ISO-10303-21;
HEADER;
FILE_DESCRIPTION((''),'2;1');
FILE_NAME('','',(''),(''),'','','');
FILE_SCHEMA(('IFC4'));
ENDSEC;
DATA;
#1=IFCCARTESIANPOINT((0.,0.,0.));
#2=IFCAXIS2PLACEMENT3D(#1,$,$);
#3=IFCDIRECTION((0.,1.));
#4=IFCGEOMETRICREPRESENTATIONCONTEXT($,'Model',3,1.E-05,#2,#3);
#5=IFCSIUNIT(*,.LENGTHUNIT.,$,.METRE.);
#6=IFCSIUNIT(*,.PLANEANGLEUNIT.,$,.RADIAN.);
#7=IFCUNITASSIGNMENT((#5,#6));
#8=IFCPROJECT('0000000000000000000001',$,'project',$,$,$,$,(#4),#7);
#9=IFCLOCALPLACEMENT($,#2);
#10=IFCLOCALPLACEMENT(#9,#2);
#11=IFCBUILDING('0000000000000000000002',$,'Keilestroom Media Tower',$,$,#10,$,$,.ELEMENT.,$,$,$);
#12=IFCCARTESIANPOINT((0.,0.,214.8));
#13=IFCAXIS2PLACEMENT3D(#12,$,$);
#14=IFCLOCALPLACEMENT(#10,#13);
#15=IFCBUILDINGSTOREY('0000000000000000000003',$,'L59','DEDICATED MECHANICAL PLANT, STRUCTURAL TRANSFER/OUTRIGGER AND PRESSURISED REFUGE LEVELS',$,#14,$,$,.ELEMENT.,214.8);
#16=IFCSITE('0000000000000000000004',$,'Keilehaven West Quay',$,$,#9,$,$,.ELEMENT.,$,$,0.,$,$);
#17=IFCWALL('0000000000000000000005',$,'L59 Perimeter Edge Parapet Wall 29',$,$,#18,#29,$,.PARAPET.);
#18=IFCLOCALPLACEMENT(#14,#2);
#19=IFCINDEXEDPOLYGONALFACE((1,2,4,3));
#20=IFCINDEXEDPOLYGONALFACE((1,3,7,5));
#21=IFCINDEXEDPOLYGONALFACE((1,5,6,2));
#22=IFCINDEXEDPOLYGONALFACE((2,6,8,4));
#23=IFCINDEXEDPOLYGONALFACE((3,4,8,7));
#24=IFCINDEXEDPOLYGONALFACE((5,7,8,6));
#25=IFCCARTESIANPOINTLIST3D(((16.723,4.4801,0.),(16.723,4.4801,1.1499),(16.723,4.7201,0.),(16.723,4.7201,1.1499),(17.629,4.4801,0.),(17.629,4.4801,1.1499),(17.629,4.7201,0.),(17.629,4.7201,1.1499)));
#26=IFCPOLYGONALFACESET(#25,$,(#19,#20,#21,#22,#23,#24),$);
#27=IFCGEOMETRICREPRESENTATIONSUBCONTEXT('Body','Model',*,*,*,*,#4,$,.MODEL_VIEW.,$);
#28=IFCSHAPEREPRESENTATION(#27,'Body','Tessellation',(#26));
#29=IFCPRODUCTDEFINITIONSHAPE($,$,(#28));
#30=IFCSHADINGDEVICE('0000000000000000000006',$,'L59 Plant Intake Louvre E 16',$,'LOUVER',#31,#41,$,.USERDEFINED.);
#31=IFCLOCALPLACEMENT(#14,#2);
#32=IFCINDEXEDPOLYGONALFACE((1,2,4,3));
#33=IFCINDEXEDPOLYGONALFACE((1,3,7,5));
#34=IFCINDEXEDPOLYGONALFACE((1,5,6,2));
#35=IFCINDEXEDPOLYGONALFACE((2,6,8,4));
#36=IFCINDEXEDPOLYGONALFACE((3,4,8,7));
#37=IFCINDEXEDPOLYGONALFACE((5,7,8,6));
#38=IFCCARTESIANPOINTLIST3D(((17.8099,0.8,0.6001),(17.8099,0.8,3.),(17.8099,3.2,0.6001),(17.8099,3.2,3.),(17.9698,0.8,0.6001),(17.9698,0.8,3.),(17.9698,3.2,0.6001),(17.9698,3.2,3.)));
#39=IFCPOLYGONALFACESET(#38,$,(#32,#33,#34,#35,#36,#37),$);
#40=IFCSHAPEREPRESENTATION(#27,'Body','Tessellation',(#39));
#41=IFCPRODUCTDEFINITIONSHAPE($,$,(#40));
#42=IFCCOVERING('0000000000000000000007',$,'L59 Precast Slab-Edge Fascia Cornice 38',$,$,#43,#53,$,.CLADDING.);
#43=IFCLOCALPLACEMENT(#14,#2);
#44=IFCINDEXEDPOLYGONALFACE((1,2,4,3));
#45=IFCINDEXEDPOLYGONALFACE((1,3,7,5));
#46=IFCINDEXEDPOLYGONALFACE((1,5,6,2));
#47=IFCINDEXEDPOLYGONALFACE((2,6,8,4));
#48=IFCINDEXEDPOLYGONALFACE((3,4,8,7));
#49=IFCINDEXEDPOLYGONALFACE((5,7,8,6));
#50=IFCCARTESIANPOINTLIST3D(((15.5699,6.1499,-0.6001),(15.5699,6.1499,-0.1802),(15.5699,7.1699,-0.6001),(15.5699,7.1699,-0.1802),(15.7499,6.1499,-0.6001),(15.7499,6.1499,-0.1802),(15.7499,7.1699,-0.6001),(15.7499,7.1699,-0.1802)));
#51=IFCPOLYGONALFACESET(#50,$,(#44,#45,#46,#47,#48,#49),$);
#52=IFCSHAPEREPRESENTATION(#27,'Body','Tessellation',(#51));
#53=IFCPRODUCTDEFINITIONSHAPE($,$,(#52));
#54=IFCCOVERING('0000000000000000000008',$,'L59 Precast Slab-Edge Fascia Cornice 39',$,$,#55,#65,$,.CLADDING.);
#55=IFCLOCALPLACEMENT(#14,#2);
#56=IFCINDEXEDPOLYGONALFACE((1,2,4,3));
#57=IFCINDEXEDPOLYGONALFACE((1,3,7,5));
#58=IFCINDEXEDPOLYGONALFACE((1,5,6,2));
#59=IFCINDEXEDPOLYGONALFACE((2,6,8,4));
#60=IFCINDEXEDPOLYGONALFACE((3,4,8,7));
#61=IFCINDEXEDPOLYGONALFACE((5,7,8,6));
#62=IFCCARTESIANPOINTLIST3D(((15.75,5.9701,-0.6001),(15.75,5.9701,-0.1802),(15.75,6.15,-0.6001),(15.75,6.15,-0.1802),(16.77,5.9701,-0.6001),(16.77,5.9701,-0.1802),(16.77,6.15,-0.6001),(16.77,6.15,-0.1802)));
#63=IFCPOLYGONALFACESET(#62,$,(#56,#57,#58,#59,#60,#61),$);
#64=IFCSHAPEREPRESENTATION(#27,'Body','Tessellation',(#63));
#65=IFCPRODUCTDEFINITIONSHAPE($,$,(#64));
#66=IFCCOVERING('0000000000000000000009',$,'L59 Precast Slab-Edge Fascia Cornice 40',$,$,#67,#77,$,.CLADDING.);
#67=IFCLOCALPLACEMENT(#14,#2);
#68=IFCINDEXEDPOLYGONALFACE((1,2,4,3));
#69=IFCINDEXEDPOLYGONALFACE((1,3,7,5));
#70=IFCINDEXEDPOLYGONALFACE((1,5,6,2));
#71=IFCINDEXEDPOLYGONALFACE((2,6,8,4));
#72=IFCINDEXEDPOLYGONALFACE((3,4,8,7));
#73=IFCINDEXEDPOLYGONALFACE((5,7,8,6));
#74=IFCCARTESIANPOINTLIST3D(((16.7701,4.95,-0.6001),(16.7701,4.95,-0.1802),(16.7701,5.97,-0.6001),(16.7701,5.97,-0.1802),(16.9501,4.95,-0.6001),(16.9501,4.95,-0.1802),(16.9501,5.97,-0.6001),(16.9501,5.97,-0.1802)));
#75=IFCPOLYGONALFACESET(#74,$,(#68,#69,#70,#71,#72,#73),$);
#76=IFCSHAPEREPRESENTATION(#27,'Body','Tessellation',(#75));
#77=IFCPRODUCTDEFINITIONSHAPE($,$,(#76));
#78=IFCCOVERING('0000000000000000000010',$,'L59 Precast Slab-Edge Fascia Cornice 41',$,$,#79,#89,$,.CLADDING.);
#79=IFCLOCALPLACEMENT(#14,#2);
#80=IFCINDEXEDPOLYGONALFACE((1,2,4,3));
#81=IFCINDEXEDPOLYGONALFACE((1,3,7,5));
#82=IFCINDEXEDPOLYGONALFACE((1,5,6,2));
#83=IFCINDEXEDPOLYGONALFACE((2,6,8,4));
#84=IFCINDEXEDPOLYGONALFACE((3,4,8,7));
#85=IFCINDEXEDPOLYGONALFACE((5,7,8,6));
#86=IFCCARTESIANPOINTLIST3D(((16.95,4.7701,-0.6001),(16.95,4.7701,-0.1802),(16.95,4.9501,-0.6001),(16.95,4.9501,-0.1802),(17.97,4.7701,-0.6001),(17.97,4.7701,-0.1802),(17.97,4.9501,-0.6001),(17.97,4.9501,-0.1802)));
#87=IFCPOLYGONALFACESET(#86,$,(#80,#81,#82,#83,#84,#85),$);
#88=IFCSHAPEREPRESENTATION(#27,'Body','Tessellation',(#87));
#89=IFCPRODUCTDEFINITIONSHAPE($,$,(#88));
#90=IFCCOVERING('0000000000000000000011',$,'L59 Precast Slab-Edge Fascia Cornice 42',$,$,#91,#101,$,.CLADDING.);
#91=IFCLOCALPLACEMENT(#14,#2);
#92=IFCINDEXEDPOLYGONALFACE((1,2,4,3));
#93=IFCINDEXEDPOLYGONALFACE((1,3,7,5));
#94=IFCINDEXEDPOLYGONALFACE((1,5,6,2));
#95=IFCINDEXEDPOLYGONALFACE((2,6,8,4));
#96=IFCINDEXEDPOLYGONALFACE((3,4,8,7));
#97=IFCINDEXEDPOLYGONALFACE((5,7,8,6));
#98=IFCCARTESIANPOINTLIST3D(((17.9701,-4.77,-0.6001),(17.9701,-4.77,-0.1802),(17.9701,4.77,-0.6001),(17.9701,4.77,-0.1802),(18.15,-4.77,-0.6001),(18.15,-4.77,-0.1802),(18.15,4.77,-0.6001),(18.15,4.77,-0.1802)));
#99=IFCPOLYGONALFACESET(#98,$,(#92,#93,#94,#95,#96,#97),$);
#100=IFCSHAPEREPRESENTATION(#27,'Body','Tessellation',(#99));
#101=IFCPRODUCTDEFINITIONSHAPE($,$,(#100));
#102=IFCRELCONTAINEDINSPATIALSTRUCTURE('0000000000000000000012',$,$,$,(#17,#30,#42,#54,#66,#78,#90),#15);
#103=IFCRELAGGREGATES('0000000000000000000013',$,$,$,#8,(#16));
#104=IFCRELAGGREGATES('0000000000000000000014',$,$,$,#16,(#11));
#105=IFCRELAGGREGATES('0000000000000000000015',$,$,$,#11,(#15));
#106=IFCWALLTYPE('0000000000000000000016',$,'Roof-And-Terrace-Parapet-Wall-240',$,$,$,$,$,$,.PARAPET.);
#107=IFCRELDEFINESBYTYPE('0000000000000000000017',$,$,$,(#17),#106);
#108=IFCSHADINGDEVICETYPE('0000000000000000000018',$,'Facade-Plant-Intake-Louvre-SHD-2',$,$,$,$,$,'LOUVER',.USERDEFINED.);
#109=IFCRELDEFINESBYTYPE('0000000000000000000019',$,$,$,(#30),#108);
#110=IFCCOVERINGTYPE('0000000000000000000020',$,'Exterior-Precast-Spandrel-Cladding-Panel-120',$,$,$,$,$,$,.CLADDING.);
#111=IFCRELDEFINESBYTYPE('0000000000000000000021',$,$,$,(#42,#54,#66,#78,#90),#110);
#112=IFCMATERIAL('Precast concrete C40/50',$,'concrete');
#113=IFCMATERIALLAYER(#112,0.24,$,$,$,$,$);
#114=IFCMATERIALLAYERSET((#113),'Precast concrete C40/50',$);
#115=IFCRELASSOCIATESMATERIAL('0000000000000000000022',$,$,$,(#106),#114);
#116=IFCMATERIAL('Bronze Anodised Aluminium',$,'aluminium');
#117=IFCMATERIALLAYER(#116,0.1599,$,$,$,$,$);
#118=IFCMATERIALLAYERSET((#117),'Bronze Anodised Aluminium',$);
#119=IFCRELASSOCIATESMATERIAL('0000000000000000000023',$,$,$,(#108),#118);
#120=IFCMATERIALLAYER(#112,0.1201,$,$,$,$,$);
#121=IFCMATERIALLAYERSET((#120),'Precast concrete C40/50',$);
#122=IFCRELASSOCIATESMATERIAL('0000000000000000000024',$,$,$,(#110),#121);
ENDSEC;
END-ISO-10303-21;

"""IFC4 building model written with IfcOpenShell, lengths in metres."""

from ifc_helpers import new_model, si_unit, direction, frame, frame_2d, origin, origin_2d, place, context, subcontext, project, spatial, rectangle, extrude, source, transform, mapped, material, layer, layer_set, type_object, element, save


model = new_model("IFC4")

# Units and contexts
model_context = context("Model", 3, precision=1e-05, world=origin(), true_north=direction((0.0, 1.0)))
body_context = subcontext(model_context, "Body", "Model", "MODEL_VIEW")
ifc_project = project(units=[si_unit("LENGTHUNIT", "METRE"), si_unit("PLANEANGLEUNIT", "RADIAN")], contexts=[model_context])

# Site, building, storey
site_placement = place(None, origin())
site = spatial("IfcSite", under=ifc_project, at=site_placement, Name="Keilehaven West Quay", CompositionType="ELEMENT", RefElevation=0.0)
building_placement = place(site_placement, origin())
building = spatial("IfcBuilding", under=site, at=building_placement, Name="Keilestroom Media Tower", CompositionType="ELEMENT")
storey_placement = place(building_placement, frame((0.0, 0.0, 214.8)))
storey = spatial("IfcBuildingStorey", under=building, at=storey_placement, Name="L59", Description="DEDICATED MECHANICAL PLANT, STRUCTURAL TRANSFER/OUTRIGGER AND PRESSURISED REFUGE LEVELS", CompositionType="ELEMENT", Elevation=214.8)

# Shared definitions
ifc_material_1 = material(Name="Precast concrete C40/50", Category="concrete")

# Wall
ifc_layer_1 = layer(ifc_material_1, 0.24)
ifc_layer_set_1 = layer_set([ifc_layer_1], Name="Precast concrete C40/50")
wall_type_1 = type_object("IfcWallType", Name="Roof-And-Terrace-Parapet-Wall-240", PredefinedType="PARAPET", material=ifc_layer_set_1)
wall_1_placement = place(storey_placement, frame((16.7229, 4.6001, 0.0), z_axis=(0.0, 0.0, 1.0), x_axis=(1.0, 0.0, 0.0)))
element("IfcWall", 1, at=wall_1_placement, inside=storey, type_object=wall_type_1, Name="L59 Perimeter Edge Parapet Wall 29", PredefinedType="PARAPET", context=body_context, shape_type="SweptSolid", body=[
    extrude(rectangle(XDim=0.906, YDim=0.24, at=frame_2d((0.4531, 0.0))), origin(), (0.0, 0.0, 1.0), 1.1499),
])

# Shading device
ifc_material_2 = material(Name="Bronze Anodised Aluminium", Category="aluminium")
ifc_layer_2 = layer(ifc_material_2, 0.1599)
ifc_layer_set_2 = layer_set([ifc_layer_2], Name="Bronze Anodised Aluminium")
shading_device_type = type_object("IfcShadingDeviceType", Name="Facade-Plant-Intake-Louvre-SHD-2", ElementType="LOUVER", PredefinedType="USERDEFINED", material=ifc_layer_set_2)
shared_shape_1 = source(origin(), body_context, "Body", "SweptSolid", [
    extrude(rectangle(XDim=0.1599, YDim=2.3999, at=origin_2d()), origin(), (0.0, 0.0, 1.0), 2.3999),
])
shading_device_placement = place(storey_placement, frame((17.8899, 2.0, 0.6001), z_axis=(0.0, 0.0, 1.0), x_axis=(1.0, 0.0, 0.0)))
element("IfcShadingDevice", 2, at=shading_device_placement, inside=storey, type_object=shading_device_type, Name="L59 Plant Intake Louvre E 16", ObjectType="LOUVER", PredefinedType="USERDEFINED", context=body_context, shape_type="MappedRepresentation", body=[
    mapped(shared_shape_1, transform((0.0, 0.0, 0.0), x_axis=(1.0, 0.0, 0.0), y_axis=(0.0, 1.0, 0.0), z_axis=(0.0, 0.0, 1.0), scale=1.0)),
])

# Coverings
ifc_layer_3 = layer(ifc_material_1, 0.1201)
ifc_layer_set_3 = layer_set([ifc_layer_3], Name="Precast concrete C40/50")
covering_type = type_object("IfcCoveringType", Name="Exterior-Precast-Spandrel-Cladding-Panel-120", PredefinedType="CLADDING", material=ifc_layer_set_3)
shared_shape_2 = source(origin(), body_context, "Body", "SweptSolid", [
    extrude(rectangle(XDim=1.02, YDim=0.1799, at=origin_2d()), origin(), (0.0, 0.0, 1.0), 0.4199),
])
for number, where, z_axis, x_axis, name in (
    (3, (15.6599, 6.6599, -0.6001), (0.0, 0.0, 1.0), (0.0, -1.0, 0.0), "L59 Precast Slab-Edge Fascia Cornice 38"),
    (4, (16.26, 6.0601, -0.6001), (0.0, 0.0, 1.0), (1.0, 0.0, 0.0), "L59 Precast Slab-Edge Fascia Cornice 39"),
    (5, (16.8601, 5.46, -0.6001), (0.0, 0.0, 1.0), (0.0, -1.0, 0.0), "L59 Precast Slab-Edge Fascia Cornice 40"),
    (6, (17.46, 4.8601, -0.6001), (0.0, 0.0, 1.0), (1.0, 0.0, 0.0), "L59 Precast Slab-Edge Fascia Cornice 41"),
):
    element("IfcCovering", number, at=place(storey_placement, frame(where, z_axis=z_axis, x_axis=x_axis)), inside=storey, type_object=covering_type, Name=name, PredefinedType="CLADDING", context=body_context, shape_type="MappedRepresentation", body=[
        mapped(shared_shape_2, transform((0.0, 0.0, 0.0), x_axis=(1.0, 0.0, 0.0), y_axis=(0.0, 1.0, 0.0), z_axis=(0.0, 0.0, 1.0), scale=1.0)),
    ])
shared_shape_3 = source(origin(), body_context, "Body", "SweptSolid", [
    extrude(rectangle(XDim=9.54, YDim=0.1799, at=origin_2d()), origin(), (0.0, 0.0, 1.0), 0.4199),
])
covering_placement = place(storey_placement, frame((18.0601, 0.0, -0.6001), z_axis=(0.0, 0.0, 1.0), x_axis=(0.0, -1.0, 0.0)))
element("IfcCovering", 7, at=covering_placement, inside=storey, type_object=covering_type, Name="L59 Precast Slab-Edge Fascia Cornice 42", PredefinedType="CLADDING", context=body_context, shape_type="MappedRepresentation", body=[
    mapped(shared_shape_3, transform((0.0, 0.0, 0.0), x_axis=(1.0, 0.0, 0.0), y_axis=(0.0, 1.0, 0.0), z_axis=(0.0, 0.0, 1.0), scale=1.0)),
])

save(model, "model.ifc")
